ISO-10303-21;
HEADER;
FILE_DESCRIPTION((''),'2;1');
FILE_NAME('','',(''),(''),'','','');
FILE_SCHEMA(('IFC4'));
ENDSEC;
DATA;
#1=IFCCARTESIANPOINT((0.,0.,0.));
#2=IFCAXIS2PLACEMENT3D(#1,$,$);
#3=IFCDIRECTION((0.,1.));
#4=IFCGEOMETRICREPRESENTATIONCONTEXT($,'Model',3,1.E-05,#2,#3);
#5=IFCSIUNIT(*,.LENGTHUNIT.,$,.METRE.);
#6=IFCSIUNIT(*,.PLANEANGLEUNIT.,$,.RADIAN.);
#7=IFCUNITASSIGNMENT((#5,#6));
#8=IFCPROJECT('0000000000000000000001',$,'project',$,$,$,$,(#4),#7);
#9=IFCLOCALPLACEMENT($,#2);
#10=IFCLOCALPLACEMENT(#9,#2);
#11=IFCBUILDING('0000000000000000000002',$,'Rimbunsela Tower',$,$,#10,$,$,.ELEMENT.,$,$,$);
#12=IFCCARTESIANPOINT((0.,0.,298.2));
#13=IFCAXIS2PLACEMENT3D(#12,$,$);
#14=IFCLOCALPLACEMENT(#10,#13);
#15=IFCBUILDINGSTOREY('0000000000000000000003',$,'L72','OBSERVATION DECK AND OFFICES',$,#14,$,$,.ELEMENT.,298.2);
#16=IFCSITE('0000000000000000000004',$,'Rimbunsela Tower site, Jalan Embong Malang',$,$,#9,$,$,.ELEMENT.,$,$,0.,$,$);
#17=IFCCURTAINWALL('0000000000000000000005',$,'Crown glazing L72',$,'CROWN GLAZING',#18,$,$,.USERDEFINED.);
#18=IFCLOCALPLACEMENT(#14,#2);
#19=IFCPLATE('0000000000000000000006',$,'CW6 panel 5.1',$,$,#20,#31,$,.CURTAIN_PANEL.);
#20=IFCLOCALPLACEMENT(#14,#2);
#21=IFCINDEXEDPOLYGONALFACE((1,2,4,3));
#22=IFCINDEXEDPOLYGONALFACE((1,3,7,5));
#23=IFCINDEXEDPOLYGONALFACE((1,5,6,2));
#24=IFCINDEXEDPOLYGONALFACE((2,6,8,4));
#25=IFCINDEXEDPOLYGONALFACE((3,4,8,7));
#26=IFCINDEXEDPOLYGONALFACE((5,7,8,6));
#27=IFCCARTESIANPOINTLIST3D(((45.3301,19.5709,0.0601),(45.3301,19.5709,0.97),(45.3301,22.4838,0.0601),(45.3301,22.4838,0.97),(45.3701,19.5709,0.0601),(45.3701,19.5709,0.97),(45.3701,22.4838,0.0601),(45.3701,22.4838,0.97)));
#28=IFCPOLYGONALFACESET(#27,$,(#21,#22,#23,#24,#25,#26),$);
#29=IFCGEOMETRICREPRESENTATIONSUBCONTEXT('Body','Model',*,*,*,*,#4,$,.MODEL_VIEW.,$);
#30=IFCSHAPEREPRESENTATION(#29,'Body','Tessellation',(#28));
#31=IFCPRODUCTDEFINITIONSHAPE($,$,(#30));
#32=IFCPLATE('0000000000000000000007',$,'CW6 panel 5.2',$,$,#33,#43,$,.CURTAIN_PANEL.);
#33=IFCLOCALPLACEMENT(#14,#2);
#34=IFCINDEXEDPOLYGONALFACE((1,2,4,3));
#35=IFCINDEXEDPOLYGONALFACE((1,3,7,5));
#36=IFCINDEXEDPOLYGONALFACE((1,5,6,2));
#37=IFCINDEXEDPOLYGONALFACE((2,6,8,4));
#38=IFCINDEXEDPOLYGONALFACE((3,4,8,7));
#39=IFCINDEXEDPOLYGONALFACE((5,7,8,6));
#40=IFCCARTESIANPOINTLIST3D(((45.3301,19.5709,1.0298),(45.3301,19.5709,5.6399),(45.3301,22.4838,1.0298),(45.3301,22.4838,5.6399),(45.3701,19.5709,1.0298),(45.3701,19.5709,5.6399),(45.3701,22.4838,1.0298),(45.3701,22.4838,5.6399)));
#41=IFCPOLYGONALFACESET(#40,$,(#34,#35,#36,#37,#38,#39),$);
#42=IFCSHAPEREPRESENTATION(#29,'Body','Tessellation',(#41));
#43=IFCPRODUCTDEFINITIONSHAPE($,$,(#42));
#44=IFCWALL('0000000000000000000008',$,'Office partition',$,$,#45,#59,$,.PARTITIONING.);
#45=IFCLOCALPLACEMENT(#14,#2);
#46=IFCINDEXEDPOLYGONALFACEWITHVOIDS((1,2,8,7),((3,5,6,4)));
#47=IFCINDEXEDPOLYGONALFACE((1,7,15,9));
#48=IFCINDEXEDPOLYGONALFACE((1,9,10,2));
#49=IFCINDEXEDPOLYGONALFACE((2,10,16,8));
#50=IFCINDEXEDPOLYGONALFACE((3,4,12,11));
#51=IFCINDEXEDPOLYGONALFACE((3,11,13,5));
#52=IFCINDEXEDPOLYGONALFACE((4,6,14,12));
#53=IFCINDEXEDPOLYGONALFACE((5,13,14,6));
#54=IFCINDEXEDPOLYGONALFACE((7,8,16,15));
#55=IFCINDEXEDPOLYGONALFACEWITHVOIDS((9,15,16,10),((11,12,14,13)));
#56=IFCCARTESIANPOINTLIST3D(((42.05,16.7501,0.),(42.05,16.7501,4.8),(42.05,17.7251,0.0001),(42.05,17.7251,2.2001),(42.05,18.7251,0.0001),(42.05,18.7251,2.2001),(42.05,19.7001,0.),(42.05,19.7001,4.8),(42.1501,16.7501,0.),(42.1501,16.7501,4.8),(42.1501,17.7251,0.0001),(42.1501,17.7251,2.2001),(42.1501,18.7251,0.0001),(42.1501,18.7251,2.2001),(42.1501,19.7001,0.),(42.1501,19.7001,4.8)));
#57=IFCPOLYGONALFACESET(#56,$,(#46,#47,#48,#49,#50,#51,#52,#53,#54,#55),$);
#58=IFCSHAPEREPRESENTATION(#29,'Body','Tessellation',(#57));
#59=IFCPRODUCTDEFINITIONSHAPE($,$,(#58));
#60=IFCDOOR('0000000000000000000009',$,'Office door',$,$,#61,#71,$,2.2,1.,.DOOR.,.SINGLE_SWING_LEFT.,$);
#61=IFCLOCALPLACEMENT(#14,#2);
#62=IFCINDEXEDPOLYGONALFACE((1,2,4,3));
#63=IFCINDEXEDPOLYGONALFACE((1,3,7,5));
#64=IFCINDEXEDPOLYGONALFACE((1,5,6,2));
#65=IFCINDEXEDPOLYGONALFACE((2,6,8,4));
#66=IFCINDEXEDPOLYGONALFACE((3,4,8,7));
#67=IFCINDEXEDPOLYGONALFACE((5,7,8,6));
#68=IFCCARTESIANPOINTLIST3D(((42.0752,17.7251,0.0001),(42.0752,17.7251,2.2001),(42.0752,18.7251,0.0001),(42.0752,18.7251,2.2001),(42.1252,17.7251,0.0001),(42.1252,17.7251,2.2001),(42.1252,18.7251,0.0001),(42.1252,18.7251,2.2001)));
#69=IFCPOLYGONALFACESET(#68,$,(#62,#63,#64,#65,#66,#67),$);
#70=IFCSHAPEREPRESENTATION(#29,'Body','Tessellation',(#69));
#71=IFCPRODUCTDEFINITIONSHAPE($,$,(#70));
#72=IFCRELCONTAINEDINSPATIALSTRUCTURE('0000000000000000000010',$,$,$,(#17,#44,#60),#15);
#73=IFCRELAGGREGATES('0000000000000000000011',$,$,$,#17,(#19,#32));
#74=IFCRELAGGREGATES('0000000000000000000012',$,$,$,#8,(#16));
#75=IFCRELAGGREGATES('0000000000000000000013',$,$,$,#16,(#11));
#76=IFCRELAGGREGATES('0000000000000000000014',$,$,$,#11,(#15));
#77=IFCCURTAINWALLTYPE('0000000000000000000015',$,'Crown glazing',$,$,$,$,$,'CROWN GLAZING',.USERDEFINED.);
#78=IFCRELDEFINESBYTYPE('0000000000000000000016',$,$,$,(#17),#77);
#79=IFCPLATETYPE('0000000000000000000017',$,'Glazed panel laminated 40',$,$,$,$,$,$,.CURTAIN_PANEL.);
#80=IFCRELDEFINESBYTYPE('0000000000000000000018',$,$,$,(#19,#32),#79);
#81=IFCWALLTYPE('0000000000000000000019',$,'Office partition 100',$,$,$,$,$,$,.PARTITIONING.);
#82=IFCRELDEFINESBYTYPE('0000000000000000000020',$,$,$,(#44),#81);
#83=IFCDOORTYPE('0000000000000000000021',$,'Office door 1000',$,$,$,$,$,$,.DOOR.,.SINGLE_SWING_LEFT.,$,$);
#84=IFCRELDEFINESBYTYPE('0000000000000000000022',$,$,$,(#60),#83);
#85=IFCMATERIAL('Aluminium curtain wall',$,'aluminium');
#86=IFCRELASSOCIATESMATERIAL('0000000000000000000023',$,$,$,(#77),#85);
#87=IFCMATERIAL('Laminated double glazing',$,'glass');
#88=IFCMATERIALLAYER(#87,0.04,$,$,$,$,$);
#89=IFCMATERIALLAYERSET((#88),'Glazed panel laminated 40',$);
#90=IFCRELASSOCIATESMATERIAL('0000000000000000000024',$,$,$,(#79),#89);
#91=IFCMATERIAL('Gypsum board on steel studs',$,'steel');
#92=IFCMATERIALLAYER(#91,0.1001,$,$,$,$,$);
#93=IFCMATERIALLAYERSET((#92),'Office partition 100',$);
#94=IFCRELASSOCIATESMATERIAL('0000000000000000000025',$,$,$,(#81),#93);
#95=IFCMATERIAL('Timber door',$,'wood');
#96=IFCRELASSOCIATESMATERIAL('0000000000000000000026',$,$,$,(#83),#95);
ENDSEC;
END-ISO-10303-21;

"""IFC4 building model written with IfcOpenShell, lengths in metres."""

from ifc_helpers import new_model, si_unit, direction, frame, frame_2d, origin, origin_2d, place, context, subcontext, project, spatial, rectangle, extrude, material, layer, layer_set, type_object, element, fill, aggregate, save


model = new_model("IFC4")

# Units and contexts
model_context = context("Model", 3, precision=1e-05, world=origin(), true_north=direction((0.0, 1.0)))
body_context = subcontext(model_context, "Body", "Model", "MODEL_VIEW")
ifc_project = project(units=[si_unit("LENGTHUNIT", "METRE"), si_unit("PLANEANGLEUNIT", "RADIAN")], contexts=[model_context])

# Site, building, storey
site_placement = place(None, origin())
site = spatial("IfcSite", under=ifc_project, at=site_placement, Name="Rimbunsela Tower site, Jalan Embong Malang", CompositionType="ELEMENT", RefElevation=0.0)
building_placement = place(site_placement, origin())
building = spatial("IfcBuilding", under=site, at=building_placement, Name="Rimbunsela Tower", CompositionType="ELEMENT")
storey_placement = place(building_placement, frame((0.0, 0.0, 298.2)))
storey = spatial("IfcBuildingStorey", under=building, at=storey_placement, Name="L72", Description="OBSERVATION DECK AND OFFICES", CompositionType="ELEMENT", Elevation=298.2)

# Curtain wall, plates
ifc_material_1 = material(Name="Aluminium curtain wall", Category="aluminium")
curtain_wall_type = type_object("IfcCurtainWallType", Name="Crown glazing", ElementType="CROWN GLAZING", PredefinedType="USERDEFINED", material=ifc_material_1)
curtain_wall_placement = place(storey_placement, origin())
curtain_wall = element("IfcCurtainWall", 1, at=curtain_wall_placement, inside=storey, type_object=curtain_wall_type, Name="Crown glazing L72", ObjectType="CROWN GLAZING", PredefinedType="USERDEFINED")
ifc_material_2 = material(Name="Laminated double glazing", Category="glass")
ifc_layer_1 = layer(ifc_material_2, 0.04)
ifc_layer_set_1 = layer_set([ifc_layer_1], Name="Glazed panel laminated 40")
plate_type = type_object("IfcPlateType", Name="Glazed panel laminated 40", PredefinedType="CURTAIN_PANEL", material=ifc_layer_set_1)
plate_1_placement = place(storey_placement, frame((45.3501, 21.0273, 0.0601), z_axis=(0.0, 0.0, 1.0), x_axis=(0.0, 1.0, 0.0)))
plate_1 = element("IfcPlate", 2, at=plate_1_placement, type_object=plate_type, Name="CW6 panel 5.1", PredefinedType="CURTAIN_PANEL", context=body_context, shape_type="SweptSolid", body=[
    extrude(rectangle(XDim=2.9128, YDim=0.04, at=origin_2d()), origin(), (0.0, 0.0, 1.0), 0.9099),
])
plate_2_placement = place(storey_placement, frame((45.3501, 21.0273, 1.0298), z_axis=(0.0, 0.0, 1.0), x_axis=(0.0, 1.0, 0.0)))
plate_2 = element("IfcPlate", 3, at=plate_2_placement, type_object=plate_type, Name="CW6 panel 5.2", PredefinedType="CURTAIN_PANEL", context=body_context, shape_type="SweptSolid", body=[
    extrude(rectangle(XDim=2.9128, YDim=0.04, at=origin_2d()), origin(), (0.0, 0.0, 1.0), 4.6101),
])
aggregate(curtain_wall, [plate_1, plate_2])

# Wall, opening, door
ifc_material_3 = material(Name="Gypsum board on steel studs", Category="steel")
ifc_layer_2 = layer(ifc_material_3, 0.1001)
ifc_layer_set_2 = layer_set([ifc_layer_2], Name="Office partition 100")
wall_type = type_object("IfcWallType", Name="Office partition 100", PredefinedType="PARTITIONING", material=ifc_layer_set_2)
wall_placement = place(storey_placement, frame((42.1001, 16.75, 0.0), z_axis=(0.0, 0.0, 1.0), x_axis=(0.0, 1.0, 0.0)))
wall = element("IfcWall", 4, at=wall_placement, inside=storey, type_object=wall_type, Name="Office partition", PredefinedType="PARTITIONING", context=body_context, shape_type="SweptSolid", body=[
    extrude(rectangle(XDim=2.95, YDim=0.1001, at=frame_2d((1.4751, 0.0))), origin(), (0.0, 0.0, 1.0), 4.8),
])
opening_placement = place(wall_placement, frame((0.9751, 0.0, 0.0)))
opening = element("IfcOpeningElement", 5, at=opening_placement, cuts=wall, PredefinedType="OPENING", context=body_context, shape_type="SweptSolid", body=[
    extrude(rectangle(XDim=1.0, YDim=2.2, at=frame_2d((0.5, 1.1001))), frame((0.0, 0.0601, 0.0), z_axis=(0.0, -1.0, 0.0), x_axis=(1.0, 0.0, 0.0)), (0.0, 0.0, 1.0), 0.1201),
])
ifc_material_4 = material(Name="Timber door", Category="wood")
door_type = type_object("IfcDoorType", Name="Office door 1000", OperationType="SINGLE_SWING_LEFT", PredefinedType="DOOR", material=ifc_material_4)
door_placement = place(opening_placement, origin())
door = element("IfcDoor", 6, at=door_placement, inside=storey, type_object=door_type, Name="Office door", OperationType="SINGLE_SWING_LEFT", OverallHeight=2.2, OverallWidth=1.0, PredefinedType="DOOR", context=body_context, shape_type="SweptSolid", body=[
    extrude(rectangle(XDim=1.0, YDim=2.2, at=frame_2d((0.5, 1.1001))), frame((0.0, 0.0249, 0.0), z_axis=(0.0, -1.0, 0.0), x_axis=(1.0, 0.0, 0.0)), (0.0, 0.0, 1.0), 0.05),
])
fill(opening, door)

save(model, "model.ifc")
